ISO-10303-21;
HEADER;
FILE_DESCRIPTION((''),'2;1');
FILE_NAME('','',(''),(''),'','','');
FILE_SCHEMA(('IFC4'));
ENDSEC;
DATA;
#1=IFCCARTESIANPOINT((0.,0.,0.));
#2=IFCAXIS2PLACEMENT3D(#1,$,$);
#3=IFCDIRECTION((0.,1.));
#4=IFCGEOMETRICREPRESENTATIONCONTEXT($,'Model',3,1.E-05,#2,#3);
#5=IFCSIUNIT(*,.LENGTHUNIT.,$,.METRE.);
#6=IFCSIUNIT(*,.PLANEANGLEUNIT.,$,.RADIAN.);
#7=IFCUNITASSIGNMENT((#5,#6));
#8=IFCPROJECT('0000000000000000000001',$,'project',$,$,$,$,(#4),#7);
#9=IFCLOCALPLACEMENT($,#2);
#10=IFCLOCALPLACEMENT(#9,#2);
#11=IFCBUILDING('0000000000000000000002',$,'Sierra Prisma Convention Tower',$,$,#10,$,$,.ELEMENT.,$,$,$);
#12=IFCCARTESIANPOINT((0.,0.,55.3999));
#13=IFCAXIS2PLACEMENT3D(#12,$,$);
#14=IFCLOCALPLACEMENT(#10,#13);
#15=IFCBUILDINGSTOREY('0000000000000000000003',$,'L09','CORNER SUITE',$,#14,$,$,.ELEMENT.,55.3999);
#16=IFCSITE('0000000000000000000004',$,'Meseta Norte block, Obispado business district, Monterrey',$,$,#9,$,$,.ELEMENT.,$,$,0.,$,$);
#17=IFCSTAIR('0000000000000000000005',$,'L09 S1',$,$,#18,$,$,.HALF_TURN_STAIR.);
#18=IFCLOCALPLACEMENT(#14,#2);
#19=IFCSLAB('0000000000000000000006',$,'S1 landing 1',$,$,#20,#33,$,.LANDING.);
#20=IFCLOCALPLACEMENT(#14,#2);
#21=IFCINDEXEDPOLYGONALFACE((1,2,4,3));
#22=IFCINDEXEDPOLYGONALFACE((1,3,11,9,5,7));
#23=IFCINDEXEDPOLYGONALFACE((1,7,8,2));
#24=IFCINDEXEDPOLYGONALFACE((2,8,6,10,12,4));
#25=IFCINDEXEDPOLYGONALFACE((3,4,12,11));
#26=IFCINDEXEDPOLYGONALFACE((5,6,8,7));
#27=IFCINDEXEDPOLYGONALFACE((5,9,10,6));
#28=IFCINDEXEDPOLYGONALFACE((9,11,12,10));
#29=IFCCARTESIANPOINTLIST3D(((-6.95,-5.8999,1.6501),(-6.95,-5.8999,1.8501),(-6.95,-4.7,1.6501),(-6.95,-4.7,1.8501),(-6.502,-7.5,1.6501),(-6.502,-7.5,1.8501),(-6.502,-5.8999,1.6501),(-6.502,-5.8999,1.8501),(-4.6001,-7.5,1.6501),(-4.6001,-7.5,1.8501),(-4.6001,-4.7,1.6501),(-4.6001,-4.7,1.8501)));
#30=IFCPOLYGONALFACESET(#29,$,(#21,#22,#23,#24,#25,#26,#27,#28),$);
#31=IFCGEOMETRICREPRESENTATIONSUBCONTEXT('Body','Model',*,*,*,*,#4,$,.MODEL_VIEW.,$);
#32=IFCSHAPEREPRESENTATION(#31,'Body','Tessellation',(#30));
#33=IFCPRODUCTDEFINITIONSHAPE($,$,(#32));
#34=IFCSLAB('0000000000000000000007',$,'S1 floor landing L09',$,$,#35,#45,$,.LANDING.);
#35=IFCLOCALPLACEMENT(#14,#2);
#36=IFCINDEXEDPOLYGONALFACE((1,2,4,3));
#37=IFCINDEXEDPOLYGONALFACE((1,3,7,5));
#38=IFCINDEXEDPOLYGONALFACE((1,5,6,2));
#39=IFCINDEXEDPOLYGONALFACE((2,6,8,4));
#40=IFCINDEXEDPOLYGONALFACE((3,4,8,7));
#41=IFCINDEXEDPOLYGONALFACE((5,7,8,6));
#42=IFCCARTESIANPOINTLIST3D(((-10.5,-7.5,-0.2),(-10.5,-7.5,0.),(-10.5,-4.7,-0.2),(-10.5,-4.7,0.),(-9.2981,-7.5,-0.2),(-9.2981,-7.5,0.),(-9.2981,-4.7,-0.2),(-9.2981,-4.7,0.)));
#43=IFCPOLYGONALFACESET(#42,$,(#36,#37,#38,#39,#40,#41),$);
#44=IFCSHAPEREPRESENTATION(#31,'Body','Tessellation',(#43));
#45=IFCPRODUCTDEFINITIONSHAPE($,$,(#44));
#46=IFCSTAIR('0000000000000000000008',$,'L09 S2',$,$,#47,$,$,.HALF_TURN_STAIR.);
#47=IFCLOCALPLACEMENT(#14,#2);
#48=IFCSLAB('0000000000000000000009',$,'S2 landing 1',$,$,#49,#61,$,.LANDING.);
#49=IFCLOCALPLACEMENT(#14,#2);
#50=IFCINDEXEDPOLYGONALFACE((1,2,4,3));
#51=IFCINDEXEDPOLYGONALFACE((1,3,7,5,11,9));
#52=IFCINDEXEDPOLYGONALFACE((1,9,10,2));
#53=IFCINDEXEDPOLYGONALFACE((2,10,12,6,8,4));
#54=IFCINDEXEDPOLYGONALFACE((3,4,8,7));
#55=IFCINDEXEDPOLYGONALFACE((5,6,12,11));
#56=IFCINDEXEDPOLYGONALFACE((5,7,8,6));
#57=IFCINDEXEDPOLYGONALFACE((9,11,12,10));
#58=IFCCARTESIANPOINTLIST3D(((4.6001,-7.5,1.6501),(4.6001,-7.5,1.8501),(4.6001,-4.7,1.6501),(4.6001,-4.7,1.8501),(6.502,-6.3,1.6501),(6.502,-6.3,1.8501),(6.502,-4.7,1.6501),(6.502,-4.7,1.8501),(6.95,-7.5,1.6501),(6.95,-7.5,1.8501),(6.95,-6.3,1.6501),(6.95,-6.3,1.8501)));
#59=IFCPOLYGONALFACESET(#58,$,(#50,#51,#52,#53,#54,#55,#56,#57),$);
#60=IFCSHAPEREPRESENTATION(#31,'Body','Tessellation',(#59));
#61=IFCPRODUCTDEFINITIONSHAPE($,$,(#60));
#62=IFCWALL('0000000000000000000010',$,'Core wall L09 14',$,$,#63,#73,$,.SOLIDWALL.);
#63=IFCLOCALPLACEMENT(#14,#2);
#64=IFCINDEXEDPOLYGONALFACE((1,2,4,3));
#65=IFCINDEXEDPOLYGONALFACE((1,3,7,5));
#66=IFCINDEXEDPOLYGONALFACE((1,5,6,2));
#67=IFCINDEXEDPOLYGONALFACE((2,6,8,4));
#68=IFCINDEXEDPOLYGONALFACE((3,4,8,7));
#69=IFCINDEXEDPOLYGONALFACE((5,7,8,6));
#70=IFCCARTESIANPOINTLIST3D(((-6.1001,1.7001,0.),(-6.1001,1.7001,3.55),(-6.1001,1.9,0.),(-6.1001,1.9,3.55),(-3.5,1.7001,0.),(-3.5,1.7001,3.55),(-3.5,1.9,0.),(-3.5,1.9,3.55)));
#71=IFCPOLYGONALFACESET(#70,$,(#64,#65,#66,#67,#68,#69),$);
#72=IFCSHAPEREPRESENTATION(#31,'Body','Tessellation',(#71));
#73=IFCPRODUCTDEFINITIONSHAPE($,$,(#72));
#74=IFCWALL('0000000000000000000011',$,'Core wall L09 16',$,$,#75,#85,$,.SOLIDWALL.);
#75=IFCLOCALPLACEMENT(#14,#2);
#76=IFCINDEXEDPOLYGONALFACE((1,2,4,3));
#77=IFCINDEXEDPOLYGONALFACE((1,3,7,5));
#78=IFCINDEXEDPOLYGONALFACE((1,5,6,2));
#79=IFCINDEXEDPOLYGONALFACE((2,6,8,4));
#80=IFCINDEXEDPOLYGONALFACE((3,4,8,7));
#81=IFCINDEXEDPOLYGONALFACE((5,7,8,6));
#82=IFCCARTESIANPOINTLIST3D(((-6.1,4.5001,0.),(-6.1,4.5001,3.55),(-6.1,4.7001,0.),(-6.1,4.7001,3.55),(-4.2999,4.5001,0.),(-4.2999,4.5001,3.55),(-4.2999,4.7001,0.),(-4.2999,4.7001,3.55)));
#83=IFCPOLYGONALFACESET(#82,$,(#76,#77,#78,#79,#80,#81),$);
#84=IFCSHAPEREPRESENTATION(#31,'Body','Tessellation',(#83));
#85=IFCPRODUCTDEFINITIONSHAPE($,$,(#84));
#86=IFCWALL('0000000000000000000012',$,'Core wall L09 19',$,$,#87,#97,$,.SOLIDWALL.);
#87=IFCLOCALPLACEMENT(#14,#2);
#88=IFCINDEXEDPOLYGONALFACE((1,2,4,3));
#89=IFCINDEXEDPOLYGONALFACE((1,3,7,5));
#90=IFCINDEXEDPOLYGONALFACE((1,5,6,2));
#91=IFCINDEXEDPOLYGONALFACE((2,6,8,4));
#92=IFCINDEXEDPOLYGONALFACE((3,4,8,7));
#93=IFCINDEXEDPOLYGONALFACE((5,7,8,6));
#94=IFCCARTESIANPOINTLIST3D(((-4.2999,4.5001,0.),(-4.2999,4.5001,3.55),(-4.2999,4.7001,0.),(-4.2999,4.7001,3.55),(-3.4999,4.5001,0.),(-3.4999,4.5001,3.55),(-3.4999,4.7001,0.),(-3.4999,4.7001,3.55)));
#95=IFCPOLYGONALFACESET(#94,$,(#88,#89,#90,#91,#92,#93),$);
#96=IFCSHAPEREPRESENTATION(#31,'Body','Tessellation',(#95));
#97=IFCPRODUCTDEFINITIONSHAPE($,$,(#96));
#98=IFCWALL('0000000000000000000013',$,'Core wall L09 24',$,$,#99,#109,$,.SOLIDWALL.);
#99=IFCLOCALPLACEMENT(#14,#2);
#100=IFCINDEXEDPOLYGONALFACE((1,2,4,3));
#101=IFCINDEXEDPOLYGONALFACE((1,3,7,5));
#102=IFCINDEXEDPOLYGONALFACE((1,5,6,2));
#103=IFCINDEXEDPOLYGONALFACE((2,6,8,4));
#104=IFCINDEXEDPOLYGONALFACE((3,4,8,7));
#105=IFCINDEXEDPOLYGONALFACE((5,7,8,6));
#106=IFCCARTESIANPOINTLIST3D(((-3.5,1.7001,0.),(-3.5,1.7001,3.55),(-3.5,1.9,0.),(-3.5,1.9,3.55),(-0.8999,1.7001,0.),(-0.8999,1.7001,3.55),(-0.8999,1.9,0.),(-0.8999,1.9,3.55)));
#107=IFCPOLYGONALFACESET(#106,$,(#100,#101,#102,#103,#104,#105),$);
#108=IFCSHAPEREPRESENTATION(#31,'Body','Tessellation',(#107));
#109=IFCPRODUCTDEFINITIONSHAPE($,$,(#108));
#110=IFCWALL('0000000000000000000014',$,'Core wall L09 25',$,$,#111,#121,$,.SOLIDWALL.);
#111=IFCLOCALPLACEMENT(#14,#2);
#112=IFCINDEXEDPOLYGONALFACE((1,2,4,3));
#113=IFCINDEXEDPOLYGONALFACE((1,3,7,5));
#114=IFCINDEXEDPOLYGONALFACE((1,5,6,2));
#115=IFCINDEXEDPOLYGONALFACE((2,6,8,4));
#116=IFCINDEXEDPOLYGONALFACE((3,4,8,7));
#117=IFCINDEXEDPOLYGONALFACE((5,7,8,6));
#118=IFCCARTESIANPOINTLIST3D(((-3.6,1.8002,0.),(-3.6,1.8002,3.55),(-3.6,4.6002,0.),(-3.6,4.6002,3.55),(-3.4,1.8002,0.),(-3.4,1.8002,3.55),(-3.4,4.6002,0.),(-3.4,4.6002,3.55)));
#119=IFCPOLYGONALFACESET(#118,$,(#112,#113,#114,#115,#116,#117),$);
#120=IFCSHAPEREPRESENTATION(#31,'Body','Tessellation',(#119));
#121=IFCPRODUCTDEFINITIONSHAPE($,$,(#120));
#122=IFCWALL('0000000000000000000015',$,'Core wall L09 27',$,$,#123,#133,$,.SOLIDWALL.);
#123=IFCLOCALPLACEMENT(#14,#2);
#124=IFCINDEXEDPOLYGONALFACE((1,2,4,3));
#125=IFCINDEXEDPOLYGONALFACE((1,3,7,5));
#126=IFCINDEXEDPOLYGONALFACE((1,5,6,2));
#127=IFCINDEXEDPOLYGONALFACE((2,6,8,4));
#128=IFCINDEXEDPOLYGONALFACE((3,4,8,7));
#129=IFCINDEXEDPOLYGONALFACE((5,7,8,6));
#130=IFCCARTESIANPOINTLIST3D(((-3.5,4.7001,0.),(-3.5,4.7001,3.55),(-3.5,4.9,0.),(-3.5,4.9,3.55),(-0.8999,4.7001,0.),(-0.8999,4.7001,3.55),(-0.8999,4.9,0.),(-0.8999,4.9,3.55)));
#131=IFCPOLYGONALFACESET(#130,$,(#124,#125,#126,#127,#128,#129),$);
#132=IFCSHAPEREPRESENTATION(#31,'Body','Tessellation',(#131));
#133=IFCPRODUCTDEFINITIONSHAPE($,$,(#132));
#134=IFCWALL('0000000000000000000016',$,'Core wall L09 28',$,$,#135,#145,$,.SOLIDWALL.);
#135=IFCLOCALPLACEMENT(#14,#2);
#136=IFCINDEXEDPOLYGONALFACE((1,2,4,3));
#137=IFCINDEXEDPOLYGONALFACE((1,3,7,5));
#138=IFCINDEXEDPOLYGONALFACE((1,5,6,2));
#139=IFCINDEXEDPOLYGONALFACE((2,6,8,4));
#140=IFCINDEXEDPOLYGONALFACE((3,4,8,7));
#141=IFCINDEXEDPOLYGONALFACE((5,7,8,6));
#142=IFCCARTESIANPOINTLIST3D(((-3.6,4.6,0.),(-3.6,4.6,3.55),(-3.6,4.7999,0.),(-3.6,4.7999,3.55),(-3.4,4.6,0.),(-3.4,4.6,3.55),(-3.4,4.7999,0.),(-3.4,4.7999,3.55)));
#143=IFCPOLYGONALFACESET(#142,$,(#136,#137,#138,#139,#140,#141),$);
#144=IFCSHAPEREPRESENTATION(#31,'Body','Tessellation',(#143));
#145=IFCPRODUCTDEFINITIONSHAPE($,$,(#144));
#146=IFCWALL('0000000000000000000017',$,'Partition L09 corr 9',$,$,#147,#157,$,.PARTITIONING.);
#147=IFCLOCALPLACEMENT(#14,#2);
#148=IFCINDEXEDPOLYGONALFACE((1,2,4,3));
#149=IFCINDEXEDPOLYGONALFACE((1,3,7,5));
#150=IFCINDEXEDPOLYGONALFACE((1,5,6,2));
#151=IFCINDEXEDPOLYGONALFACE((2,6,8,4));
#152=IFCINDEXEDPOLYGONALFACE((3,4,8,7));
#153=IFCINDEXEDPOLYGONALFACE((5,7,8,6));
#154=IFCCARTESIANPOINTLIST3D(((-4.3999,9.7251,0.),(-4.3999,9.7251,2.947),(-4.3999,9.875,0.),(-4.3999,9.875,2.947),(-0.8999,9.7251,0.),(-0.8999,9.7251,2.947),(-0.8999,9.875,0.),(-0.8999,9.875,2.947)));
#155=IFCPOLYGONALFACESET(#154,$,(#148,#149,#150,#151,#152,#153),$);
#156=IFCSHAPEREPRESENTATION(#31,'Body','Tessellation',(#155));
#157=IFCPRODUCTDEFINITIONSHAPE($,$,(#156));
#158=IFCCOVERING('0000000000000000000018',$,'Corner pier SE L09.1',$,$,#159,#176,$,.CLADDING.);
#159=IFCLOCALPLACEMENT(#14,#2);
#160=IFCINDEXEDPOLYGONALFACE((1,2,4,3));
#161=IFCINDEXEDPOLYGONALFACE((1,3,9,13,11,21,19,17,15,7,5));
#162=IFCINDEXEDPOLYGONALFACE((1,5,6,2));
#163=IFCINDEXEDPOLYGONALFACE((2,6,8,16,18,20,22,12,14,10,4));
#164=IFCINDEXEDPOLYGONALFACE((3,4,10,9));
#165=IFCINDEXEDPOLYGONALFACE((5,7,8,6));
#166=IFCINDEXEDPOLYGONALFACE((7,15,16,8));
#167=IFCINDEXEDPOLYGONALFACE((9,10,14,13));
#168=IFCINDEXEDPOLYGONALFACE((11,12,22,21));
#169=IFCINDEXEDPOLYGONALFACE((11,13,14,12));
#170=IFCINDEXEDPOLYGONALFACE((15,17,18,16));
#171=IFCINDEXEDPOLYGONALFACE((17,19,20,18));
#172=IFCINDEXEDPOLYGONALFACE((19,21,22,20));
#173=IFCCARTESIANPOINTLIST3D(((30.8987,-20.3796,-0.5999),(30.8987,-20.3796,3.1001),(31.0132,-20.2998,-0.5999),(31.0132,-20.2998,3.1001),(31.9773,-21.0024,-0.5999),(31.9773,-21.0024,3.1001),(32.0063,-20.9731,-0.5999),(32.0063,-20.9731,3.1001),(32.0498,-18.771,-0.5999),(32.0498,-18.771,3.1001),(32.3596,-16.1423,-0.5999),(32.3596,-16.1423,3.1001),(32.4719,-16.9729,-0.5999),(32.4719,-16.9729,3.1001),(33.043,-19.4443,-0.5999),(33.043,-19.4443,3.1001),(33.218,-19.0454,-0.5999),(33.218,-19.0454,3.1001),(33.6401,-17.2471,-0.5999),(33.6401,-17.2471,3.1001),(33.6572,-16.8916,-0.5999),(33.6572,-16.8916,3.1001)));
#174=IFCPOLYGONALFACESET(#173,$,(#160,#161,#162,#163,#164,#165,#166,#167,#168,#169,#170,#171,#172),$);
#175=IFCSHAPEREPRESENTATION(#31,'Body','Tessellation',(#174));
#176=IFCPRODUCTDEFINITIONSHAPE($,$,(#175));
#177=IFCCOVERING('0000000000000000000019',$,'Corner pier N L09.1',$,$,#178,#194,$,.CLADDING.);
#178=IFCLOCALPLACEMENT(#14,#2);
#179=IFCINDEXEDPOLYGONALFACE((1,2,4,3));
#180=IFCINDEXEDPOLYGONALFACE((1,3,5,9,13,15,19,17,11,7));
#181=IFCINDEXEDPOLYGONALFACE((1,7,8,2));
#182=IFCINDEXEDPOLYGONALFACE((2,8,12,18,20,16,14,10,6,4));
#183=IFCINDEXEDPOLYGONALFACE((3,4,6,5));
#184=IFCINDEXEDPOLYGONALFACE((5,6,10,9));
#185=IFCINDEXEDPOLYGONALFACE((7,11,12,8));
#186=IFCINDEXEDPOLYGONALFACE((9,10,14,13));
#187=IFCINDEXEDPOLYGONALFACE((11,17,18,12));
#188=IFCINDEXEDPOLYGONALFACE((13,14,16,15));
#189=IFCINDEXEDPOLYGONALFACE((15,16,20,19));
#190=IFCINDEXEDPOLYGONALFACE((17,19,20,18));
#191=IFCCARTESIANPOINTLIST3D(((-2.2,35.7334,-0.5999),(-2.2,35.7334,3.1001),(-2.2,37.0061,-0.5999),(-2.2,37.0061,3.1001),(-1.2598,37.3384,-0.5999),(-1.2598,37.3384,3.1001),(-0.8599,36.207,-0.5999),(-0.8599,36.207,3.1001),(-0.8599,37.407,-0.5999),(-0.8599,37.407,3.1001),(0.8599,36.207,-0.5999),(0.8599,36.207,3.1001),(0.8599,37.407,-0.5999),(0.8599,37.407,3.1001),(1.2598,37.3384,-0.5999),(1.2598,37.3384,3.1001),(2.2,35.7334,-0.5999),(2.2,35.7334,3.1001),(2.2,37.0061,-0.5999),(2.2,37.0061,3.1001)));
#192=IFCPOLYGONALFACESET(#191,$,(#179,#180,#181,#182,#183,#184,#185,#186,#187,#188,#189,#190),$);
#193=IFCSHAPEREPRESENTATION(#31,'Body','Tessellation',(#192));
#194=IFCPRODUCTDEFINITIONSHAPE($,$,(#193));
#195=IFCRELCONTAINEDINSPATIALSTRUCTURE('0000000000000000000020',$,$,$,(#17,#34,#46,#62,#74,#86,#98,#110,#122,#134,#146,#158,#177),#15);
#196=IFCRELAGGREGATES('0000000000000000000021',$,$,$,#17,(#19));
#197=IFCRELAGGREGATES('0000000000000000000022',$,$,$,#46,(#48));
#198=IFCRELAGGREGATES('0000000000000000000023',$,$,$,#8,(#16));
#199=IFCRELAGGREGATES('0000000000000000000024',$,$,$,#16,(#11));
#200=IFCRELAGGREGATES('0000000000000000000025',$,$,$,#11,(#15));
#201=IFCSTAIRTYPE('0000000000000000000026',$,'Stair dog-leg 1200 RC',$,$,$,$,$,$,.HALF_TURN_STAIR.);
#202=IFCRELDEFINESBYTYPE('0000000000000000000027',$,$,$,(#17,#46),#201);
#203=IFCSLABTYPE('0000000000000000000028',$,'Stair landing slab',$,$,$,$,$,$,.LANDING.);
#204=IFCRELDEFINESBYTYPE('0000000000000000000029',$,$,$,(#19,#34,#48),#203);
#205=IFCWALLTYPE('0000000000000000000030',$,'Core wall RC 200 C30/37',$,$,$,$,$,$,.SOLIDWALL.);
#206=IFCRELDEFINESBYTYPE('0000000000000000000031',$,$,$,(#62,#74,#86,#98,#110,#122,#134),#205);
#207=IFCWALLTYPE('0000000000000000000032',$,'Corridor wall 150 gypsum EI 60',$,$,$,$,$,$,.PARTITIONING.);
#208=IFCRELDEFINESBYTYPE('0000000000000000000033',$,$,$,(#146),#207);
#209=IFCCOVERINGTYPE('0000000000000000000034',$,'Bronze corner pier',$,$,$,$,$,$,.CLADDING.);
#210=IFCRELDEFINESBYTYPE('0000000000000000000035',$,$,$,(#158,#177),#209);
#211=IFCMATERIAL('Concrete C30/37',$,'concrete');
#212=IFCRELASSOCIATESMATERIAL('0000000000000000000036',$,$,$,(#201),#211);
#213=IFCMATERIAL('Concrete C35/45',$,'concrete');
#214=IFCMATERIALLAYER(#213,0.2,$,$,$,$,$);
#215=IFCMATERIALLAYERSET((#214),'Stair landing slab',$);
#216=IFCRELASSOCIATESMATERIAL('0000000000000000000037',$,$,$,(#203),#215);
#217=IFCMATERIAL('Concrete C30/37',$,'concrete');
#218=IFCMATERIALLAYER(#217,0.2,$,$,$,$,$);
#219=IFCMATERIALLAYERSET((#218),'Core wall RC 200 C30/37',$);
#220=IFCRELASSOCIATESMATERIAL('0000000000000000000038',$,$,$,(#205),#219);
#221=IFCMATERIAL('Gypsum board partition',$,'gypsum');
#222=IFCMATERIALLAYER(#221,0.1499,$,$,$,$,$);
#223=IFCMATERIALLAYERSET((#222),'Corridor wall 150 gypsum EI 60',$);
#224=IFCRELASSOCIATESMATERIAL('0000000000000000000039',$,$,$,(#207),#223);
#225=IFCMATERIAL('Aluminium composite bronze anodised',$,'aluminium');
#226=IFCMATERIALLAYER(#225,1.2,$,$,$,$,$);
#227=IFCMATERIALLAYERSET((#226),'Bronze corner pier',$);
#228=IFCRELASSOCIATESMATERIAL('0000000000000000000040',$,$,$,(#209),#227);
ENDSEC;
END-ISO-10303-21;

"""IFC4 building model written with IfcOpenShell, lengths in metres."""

from ifc_helpers import new_model, si_unit, direction, frame, frame_2d, origin, place, context, subcontext, project, spatial, polyline, rectangle, outline, extrude, material, layer, layer_set, type_object, element, aggregate, save


model = new_model("IFC4")

# Units and contexts
model_context = context("Model", 3, precision=1e-05, world=origin(), true_north=direction((0.0, 1.0)))
body_context = subcontext(model_context, "Body", "Model", "MODEL_VIEW")
ifc_project = project(units=[si_unit("LENGTHUNIT", "METRE"), si_unit("PLANEANGLEUNIT", "RADIAN")], contexts=[model_context])

# Site, building, storey
site_placement = place(None, origin())
site = spatial("IfcSite", under=ifc_project, at=site_placement, Name="Meseta Norte block, Obispado business district, Monterrey", CompositionType="ELEMENT", RefElevation=0.0)
building_placement = place(site_placement, origin())
building = spatial("IfcBuilding", under=site, at=building_placement, Name="Sierra Prisma Convention Tower", CompositionType="ELEMENT")
storey_placement = place(building_placement, frame((0.0, 0.0, 55.3999)))
storey = spatial("IfcBuildingStorey", under=building, at=storey_placement, Name="L09", Description="CORNER SUITE", CompositionType="ELEMENT", Elevation=55.3999)

# Stair, slab
ifc_material_1 = material(Name="Concrete C30/37", Category="concrete")
stair_type = type_object("IfcStairType", Name="Stair dog-leg 1200 RC", PredefinedType="HALF_TURN_STAIR", material=ifc_material_1)
stair_1_placement = place(storey_placement, origin())
stair_1 = element("IfcStair", 1, at=stair_1_placement, inside=storey, type_object=stair_type, Name="L09 S1", PredefinedType="HALF_TURN_STAIR")
ifc_material_2 = material(Name="Concrete C35/45", Category="concrete")
ifc_layer_1 = layer(ifc_material_2, 0.2)
ifc_layer_set_1 = layer_set([ifc_layer_1], Name="Stair landing slab")
slab_type_1 = type_object("IfcSlabType", Name="Stair landing slab", PredefinedType="LANDING", material=ifc_layer_set_1)
slab_1_placement = place(storey_placement, frame((0.0, 0.0, 1.6501)))
slab_1 = element("IfcSlab", 2, at=slab_1_placement, type_object=slab_type_1, Name="S1 landing 1", PredefinedType="LANDING", context=body_context, shape_type="SweptSolid", body=[
    extrude(outline(polyline([(-4.6001, -4.7), (-4.6001, -7.5), (-6.502, -7.5), (-6.502, -5.8999), (-6.95, -5.8999), (-6.95, -4.7), (-4.6001, -4.7)])), origin(), (0.0, 0.0, 1.0), 0.2),
])
aggregate(stair_1, [slab_1])

# Slab
slab_2_placement = place(storey_placement, frame((0.0, 0.0, -0.2)))
element("IfcSlab", 3, at=slab_2_placement, inside=storey, type_object=slab_type_1, Name="S1 floor landing L09", PredefinedType="LANDING", context=body_context, shape_type="SweptSolid", body=[
    extrude(outline(polyline([(-10.5, -7.5), (-9.2981, -7.5), (-9.2981, -4.7), (-10.5, -4.7), (-10.5, -7.5)])), origin(), (0.0, 0.0, 1.0), 0.2),
])

# Stair, slab
stair_2_placement = place(storey_placement, origin())
stair_2 = element("IfcStair", 4, at=stair_2_placement, inside=storey, type_object=stair_type, Name="L09 S2", PredefinedType="HALF_TURN_STAIR")
slab_3_placement = place(storey_placement, frame((0.0, 0.0, 1.6501)))
slab_3 = element("IfcSlab", 5, at=slab_3_placement, type_object=slab_type_1, Name="S2 landing 1", PredefinedType="LANDING", context=body_context, shape_type="SweptSolid", body=[
    extrude(outline(polyline([(6.95, -6.3), (6.95, -7.5), (4.6001, -7.5), (4.6001, -4.7), (6.502, -4.7), (6.502, -6.3), (6.95, -6.3)])), origin(), (0.0, 0.0, 1.0), 0.2),
])
aggregate(stair_2, [slab_3])

# Walls
ifc_material_3 = material(Name="Concrete C30/37", Category="concrete")
ifc_layer_2 = layer(ifc_material_3, 0.2)
ifc_layer_set_2 = layer_set([ifc_layer_2], Name="Core wall RC 200 C30/37")
wall_type_1 = type_object("IfcWallType", Name="Core wall RC 200 C30/37", PredefinedType="SOLIDWALL", material=ifc_layer_set_2)
wall_1_placement = place(storey_placement, frame((-3.5, 1.8, 0.0), z_axis=(0.0, 0.0, 1.0), x_axis=(-1.0, 0.0, 0.0)))
element("IfcWall", 6, at=wall_1_placement, inside=storey, type_object=wall_type_1, Name="Core wall L09 14", PredefinedType="SOLIDWALL", context=body_context, shape_type="SweptSolid", body=[
    extrude(rectangle(XDim=2.6001, YDim=0.2, at=frame_2d((1.3, 0.0))), origin(), (0.0, 0.0, 1.0), 3.55),
])
wall_2_placement = place(storey_placement, frame((-4.3, 4.6001, 0.0), z_axis=(0.0, 0.0, 1.0), x_axis=(-1.0, 0.0, 0.0)))
element("IfcWall", 7, at=wall_2_placement, inside=storey, type_object=wall_type_1, Name="Core wall L09 16", PredefinedType="SOLIDWALL", context=body_context, shape_type="SweptSolid", body=[
    extrude(rectangle(XDim=1.8, YDim=0.2, at=frame_2d((0.8999, 0.0))), origin(), (0.0, 0.0, 1.0), 3.55),
])
wall_3_placement = place(storey_placement, frame((-3.5, 4.6001, 0.0), z_axis=(0.0, 0.0, 1.0), x_axis=(-1.0, 0.0, 0.0)))
element("IfcWall", 8, at=wall_3_placement, inside=storey, type_object=wall_type_1, Name="Core wall L09 19", PredefinedType="SOLIDWALL", context=body_context, shape_type="SweptSolid", body=[
    extrude(rectangle(XDim=0.8, YDim=0.2, at=frame_2d((0.3999, 0.0))), origin(), (0.0, 0.0, 1.0), 3.55),
])

# Walls
wall_4_placement = place(storey_placement, frame((-0.8999, 1.8, 0.0), z_axis=(0.0, 0.0, 1.0), x_axis=(-1.0, 0.0, 0.0)))
element("IfcWall", 9, at=wall_4_placement, inside=storey, type_object=wall_type_1, Name="Core wall L09 24", PredefinedType="SOLIDWALL", context=body_context, shape_type="SweptSolid", body=[
    extrude(rectangle(XDim=2.6001, YDim=0.2, at=frame_2d((1.3, 0.0))), origin(), (0.0, 0.0, 1.0), 3.55),
])
wall_5_placement = place(storey_placement, frame((-3.5, 4.6001, 0.0), z_axis=(0.0, 0.0, 1.0), x_axis=(0.0, -1.0, 0.0)))
element("IfcWall", 10, at=wall_5_placement, inside=storey, type_object=wall_type_1, Name="Core wall L09 25", PredefinedType="SOLIDWALL", context=body_context, shape_type="SweptSolid", body=[
    extrude(rectangle(XDim=2.8, YDim=0.2, at=frame_2d((1.3999, 0.0))), origin(), (0.0, 0.0, 1.0), 3.55),
])

# Walls
wall_6_placement = place(storey_placement, frame((-0.8999, 4.8, 0.0), z_axis=(0.0, 0.0, 1.0), x_axis=(-1.0, 0.0, 0.0)))
element("IfcWall", 11, at=wall_6_placement, inside=storey, type_object=wall_type_1, Name="Core wall L09 27", PredefinedType="SOLIDWALL", context=body_context, shape_type="SweptSolid", body=[
    extrude(rectangle(XDim=2.6001, YDim=0.2, at=frame_2d((1.3, 0.0))), origin(), (0.0, 0.0, 1.0), 3.55),
])
wall_7_placement = place(storey_placement, frame((-3.5, 4.8, 0.0), z_axis=(0.0, 0.0, 1.0), x_axis=(0.0, -1.0, 0.0)))
element("IfcWall", 12, at=wall_7_placement, inside=storey, type_object=wall_type_1, Name="Core wall L09 28", PredefinedType="SOLIDWALL", context=body_context, shape_type="SweptSolid", body=[
    extrude(rectangle(XDim=0.2, YDim=0.2, at=frame_2d((0.1001, 0.0))), origin(), (0.0, 0.0, 1.0), 3.55),
])

# Wall
ifc_material_4 = material(Name="Gypsum board partition", Category="gypsum")
ifc_layer_3 = layer(ifc_material_4, 0.1499)
ifc_layer_set_3 = layer_set([ifc_layer_3], Name="Corridor wall 150 gypsum EI 60")
wall_type_2 = type_object("IfcWallType", Name="Corridor wall 150 gypsum EI 60", PredefinedType="PARTITIONING", material=ifc_layer_set_3)
wall_8_placement = place(storey_placement, frame((-0.8999, 9.8, 0.0), z_axis=(0.0, 0.0, 1.0), x_axis=(-1.0, 0.0, 0.0)))
element("IfcWall", 13, at=wall_8_placement, inside=storey, type_object=wall_type_2, Name="Partition L09 corr 9", PredefinedType="PARTITIONING", context=body_context, shape_type="SweptSolid", body=[
    extrude(rectangle(XDim=3.5, YDim=0.1499, at=frame_2d((1.75, 0.0))), origin(), (0.0, 0.0, 1.0), 2.947),
])

# Coverings
ifc_material_5 = material(Name="Aluminium composite bronze anodised", Category="aluminium")
ifc_layer_4 = layer(ifc_material_5, 1.2)
ifc_layer_set_4 = layer_set([ifc_layer_4], Name="Bronze corner pier")
covering_type = type_object("IfcCoveringType", Name="Bronze corner pier", PredefinedType="CLADDING", material=ifc_layer_set_4)
covering_1_placement = place(storey_placement, frame((0.0, 0.0, -0.5999)))
element("IfcCovering", 14, at=covering_1_placement, inside=storey, type_object=covering_type, Name="Corner pier SE L09.1", PredefinedType="CLADDING", context=body_context, shape_type="SweptSolid", body=[
    extrude(outline(polyline([(33.218, -19.0454), (33.043, -19.4443), (32.0063, -20.9731), (31.9773, -21.0024), (30.8987, -20.3796), (31.0132, -20.2998), (32.0498, -18.771), (32.4719, -16.9729), (32.3596, -16.1423), (33.6572, -16.8916), (33.6401, -17.2471), (33.218, -19.0454)])), origin(), (0.0, 0.0, 1.0), 3.7),
])
covering_2_placement = place(storey_placement, frame((0.0, 0.0, -0.5999)))
element("IfcCovering", 15, at=covering_2_placement, inside=storey, type_object=covering_type, Name="Corner pier N L09.1", PredefinedType="CLADDING", context=body_context, shape_type="SweptSolid", body=[
    extrude(outline(polyline([(-0.8599, 37.407), (0.8599, 37.407), (1.2598, 37.3384), (2.2, 37.0061), (2.2, 35.7334), (0.8599, 36.207), (-0.8599, 36.207), (-2.2, 35.7334), (-2.2, 37.0061), (-1.2598, 37.3384), (-0.8599, 37.407)])), origin(), (0.0, 0.0, 1.0), 3.7),
])

save(model, "model.ifc")
